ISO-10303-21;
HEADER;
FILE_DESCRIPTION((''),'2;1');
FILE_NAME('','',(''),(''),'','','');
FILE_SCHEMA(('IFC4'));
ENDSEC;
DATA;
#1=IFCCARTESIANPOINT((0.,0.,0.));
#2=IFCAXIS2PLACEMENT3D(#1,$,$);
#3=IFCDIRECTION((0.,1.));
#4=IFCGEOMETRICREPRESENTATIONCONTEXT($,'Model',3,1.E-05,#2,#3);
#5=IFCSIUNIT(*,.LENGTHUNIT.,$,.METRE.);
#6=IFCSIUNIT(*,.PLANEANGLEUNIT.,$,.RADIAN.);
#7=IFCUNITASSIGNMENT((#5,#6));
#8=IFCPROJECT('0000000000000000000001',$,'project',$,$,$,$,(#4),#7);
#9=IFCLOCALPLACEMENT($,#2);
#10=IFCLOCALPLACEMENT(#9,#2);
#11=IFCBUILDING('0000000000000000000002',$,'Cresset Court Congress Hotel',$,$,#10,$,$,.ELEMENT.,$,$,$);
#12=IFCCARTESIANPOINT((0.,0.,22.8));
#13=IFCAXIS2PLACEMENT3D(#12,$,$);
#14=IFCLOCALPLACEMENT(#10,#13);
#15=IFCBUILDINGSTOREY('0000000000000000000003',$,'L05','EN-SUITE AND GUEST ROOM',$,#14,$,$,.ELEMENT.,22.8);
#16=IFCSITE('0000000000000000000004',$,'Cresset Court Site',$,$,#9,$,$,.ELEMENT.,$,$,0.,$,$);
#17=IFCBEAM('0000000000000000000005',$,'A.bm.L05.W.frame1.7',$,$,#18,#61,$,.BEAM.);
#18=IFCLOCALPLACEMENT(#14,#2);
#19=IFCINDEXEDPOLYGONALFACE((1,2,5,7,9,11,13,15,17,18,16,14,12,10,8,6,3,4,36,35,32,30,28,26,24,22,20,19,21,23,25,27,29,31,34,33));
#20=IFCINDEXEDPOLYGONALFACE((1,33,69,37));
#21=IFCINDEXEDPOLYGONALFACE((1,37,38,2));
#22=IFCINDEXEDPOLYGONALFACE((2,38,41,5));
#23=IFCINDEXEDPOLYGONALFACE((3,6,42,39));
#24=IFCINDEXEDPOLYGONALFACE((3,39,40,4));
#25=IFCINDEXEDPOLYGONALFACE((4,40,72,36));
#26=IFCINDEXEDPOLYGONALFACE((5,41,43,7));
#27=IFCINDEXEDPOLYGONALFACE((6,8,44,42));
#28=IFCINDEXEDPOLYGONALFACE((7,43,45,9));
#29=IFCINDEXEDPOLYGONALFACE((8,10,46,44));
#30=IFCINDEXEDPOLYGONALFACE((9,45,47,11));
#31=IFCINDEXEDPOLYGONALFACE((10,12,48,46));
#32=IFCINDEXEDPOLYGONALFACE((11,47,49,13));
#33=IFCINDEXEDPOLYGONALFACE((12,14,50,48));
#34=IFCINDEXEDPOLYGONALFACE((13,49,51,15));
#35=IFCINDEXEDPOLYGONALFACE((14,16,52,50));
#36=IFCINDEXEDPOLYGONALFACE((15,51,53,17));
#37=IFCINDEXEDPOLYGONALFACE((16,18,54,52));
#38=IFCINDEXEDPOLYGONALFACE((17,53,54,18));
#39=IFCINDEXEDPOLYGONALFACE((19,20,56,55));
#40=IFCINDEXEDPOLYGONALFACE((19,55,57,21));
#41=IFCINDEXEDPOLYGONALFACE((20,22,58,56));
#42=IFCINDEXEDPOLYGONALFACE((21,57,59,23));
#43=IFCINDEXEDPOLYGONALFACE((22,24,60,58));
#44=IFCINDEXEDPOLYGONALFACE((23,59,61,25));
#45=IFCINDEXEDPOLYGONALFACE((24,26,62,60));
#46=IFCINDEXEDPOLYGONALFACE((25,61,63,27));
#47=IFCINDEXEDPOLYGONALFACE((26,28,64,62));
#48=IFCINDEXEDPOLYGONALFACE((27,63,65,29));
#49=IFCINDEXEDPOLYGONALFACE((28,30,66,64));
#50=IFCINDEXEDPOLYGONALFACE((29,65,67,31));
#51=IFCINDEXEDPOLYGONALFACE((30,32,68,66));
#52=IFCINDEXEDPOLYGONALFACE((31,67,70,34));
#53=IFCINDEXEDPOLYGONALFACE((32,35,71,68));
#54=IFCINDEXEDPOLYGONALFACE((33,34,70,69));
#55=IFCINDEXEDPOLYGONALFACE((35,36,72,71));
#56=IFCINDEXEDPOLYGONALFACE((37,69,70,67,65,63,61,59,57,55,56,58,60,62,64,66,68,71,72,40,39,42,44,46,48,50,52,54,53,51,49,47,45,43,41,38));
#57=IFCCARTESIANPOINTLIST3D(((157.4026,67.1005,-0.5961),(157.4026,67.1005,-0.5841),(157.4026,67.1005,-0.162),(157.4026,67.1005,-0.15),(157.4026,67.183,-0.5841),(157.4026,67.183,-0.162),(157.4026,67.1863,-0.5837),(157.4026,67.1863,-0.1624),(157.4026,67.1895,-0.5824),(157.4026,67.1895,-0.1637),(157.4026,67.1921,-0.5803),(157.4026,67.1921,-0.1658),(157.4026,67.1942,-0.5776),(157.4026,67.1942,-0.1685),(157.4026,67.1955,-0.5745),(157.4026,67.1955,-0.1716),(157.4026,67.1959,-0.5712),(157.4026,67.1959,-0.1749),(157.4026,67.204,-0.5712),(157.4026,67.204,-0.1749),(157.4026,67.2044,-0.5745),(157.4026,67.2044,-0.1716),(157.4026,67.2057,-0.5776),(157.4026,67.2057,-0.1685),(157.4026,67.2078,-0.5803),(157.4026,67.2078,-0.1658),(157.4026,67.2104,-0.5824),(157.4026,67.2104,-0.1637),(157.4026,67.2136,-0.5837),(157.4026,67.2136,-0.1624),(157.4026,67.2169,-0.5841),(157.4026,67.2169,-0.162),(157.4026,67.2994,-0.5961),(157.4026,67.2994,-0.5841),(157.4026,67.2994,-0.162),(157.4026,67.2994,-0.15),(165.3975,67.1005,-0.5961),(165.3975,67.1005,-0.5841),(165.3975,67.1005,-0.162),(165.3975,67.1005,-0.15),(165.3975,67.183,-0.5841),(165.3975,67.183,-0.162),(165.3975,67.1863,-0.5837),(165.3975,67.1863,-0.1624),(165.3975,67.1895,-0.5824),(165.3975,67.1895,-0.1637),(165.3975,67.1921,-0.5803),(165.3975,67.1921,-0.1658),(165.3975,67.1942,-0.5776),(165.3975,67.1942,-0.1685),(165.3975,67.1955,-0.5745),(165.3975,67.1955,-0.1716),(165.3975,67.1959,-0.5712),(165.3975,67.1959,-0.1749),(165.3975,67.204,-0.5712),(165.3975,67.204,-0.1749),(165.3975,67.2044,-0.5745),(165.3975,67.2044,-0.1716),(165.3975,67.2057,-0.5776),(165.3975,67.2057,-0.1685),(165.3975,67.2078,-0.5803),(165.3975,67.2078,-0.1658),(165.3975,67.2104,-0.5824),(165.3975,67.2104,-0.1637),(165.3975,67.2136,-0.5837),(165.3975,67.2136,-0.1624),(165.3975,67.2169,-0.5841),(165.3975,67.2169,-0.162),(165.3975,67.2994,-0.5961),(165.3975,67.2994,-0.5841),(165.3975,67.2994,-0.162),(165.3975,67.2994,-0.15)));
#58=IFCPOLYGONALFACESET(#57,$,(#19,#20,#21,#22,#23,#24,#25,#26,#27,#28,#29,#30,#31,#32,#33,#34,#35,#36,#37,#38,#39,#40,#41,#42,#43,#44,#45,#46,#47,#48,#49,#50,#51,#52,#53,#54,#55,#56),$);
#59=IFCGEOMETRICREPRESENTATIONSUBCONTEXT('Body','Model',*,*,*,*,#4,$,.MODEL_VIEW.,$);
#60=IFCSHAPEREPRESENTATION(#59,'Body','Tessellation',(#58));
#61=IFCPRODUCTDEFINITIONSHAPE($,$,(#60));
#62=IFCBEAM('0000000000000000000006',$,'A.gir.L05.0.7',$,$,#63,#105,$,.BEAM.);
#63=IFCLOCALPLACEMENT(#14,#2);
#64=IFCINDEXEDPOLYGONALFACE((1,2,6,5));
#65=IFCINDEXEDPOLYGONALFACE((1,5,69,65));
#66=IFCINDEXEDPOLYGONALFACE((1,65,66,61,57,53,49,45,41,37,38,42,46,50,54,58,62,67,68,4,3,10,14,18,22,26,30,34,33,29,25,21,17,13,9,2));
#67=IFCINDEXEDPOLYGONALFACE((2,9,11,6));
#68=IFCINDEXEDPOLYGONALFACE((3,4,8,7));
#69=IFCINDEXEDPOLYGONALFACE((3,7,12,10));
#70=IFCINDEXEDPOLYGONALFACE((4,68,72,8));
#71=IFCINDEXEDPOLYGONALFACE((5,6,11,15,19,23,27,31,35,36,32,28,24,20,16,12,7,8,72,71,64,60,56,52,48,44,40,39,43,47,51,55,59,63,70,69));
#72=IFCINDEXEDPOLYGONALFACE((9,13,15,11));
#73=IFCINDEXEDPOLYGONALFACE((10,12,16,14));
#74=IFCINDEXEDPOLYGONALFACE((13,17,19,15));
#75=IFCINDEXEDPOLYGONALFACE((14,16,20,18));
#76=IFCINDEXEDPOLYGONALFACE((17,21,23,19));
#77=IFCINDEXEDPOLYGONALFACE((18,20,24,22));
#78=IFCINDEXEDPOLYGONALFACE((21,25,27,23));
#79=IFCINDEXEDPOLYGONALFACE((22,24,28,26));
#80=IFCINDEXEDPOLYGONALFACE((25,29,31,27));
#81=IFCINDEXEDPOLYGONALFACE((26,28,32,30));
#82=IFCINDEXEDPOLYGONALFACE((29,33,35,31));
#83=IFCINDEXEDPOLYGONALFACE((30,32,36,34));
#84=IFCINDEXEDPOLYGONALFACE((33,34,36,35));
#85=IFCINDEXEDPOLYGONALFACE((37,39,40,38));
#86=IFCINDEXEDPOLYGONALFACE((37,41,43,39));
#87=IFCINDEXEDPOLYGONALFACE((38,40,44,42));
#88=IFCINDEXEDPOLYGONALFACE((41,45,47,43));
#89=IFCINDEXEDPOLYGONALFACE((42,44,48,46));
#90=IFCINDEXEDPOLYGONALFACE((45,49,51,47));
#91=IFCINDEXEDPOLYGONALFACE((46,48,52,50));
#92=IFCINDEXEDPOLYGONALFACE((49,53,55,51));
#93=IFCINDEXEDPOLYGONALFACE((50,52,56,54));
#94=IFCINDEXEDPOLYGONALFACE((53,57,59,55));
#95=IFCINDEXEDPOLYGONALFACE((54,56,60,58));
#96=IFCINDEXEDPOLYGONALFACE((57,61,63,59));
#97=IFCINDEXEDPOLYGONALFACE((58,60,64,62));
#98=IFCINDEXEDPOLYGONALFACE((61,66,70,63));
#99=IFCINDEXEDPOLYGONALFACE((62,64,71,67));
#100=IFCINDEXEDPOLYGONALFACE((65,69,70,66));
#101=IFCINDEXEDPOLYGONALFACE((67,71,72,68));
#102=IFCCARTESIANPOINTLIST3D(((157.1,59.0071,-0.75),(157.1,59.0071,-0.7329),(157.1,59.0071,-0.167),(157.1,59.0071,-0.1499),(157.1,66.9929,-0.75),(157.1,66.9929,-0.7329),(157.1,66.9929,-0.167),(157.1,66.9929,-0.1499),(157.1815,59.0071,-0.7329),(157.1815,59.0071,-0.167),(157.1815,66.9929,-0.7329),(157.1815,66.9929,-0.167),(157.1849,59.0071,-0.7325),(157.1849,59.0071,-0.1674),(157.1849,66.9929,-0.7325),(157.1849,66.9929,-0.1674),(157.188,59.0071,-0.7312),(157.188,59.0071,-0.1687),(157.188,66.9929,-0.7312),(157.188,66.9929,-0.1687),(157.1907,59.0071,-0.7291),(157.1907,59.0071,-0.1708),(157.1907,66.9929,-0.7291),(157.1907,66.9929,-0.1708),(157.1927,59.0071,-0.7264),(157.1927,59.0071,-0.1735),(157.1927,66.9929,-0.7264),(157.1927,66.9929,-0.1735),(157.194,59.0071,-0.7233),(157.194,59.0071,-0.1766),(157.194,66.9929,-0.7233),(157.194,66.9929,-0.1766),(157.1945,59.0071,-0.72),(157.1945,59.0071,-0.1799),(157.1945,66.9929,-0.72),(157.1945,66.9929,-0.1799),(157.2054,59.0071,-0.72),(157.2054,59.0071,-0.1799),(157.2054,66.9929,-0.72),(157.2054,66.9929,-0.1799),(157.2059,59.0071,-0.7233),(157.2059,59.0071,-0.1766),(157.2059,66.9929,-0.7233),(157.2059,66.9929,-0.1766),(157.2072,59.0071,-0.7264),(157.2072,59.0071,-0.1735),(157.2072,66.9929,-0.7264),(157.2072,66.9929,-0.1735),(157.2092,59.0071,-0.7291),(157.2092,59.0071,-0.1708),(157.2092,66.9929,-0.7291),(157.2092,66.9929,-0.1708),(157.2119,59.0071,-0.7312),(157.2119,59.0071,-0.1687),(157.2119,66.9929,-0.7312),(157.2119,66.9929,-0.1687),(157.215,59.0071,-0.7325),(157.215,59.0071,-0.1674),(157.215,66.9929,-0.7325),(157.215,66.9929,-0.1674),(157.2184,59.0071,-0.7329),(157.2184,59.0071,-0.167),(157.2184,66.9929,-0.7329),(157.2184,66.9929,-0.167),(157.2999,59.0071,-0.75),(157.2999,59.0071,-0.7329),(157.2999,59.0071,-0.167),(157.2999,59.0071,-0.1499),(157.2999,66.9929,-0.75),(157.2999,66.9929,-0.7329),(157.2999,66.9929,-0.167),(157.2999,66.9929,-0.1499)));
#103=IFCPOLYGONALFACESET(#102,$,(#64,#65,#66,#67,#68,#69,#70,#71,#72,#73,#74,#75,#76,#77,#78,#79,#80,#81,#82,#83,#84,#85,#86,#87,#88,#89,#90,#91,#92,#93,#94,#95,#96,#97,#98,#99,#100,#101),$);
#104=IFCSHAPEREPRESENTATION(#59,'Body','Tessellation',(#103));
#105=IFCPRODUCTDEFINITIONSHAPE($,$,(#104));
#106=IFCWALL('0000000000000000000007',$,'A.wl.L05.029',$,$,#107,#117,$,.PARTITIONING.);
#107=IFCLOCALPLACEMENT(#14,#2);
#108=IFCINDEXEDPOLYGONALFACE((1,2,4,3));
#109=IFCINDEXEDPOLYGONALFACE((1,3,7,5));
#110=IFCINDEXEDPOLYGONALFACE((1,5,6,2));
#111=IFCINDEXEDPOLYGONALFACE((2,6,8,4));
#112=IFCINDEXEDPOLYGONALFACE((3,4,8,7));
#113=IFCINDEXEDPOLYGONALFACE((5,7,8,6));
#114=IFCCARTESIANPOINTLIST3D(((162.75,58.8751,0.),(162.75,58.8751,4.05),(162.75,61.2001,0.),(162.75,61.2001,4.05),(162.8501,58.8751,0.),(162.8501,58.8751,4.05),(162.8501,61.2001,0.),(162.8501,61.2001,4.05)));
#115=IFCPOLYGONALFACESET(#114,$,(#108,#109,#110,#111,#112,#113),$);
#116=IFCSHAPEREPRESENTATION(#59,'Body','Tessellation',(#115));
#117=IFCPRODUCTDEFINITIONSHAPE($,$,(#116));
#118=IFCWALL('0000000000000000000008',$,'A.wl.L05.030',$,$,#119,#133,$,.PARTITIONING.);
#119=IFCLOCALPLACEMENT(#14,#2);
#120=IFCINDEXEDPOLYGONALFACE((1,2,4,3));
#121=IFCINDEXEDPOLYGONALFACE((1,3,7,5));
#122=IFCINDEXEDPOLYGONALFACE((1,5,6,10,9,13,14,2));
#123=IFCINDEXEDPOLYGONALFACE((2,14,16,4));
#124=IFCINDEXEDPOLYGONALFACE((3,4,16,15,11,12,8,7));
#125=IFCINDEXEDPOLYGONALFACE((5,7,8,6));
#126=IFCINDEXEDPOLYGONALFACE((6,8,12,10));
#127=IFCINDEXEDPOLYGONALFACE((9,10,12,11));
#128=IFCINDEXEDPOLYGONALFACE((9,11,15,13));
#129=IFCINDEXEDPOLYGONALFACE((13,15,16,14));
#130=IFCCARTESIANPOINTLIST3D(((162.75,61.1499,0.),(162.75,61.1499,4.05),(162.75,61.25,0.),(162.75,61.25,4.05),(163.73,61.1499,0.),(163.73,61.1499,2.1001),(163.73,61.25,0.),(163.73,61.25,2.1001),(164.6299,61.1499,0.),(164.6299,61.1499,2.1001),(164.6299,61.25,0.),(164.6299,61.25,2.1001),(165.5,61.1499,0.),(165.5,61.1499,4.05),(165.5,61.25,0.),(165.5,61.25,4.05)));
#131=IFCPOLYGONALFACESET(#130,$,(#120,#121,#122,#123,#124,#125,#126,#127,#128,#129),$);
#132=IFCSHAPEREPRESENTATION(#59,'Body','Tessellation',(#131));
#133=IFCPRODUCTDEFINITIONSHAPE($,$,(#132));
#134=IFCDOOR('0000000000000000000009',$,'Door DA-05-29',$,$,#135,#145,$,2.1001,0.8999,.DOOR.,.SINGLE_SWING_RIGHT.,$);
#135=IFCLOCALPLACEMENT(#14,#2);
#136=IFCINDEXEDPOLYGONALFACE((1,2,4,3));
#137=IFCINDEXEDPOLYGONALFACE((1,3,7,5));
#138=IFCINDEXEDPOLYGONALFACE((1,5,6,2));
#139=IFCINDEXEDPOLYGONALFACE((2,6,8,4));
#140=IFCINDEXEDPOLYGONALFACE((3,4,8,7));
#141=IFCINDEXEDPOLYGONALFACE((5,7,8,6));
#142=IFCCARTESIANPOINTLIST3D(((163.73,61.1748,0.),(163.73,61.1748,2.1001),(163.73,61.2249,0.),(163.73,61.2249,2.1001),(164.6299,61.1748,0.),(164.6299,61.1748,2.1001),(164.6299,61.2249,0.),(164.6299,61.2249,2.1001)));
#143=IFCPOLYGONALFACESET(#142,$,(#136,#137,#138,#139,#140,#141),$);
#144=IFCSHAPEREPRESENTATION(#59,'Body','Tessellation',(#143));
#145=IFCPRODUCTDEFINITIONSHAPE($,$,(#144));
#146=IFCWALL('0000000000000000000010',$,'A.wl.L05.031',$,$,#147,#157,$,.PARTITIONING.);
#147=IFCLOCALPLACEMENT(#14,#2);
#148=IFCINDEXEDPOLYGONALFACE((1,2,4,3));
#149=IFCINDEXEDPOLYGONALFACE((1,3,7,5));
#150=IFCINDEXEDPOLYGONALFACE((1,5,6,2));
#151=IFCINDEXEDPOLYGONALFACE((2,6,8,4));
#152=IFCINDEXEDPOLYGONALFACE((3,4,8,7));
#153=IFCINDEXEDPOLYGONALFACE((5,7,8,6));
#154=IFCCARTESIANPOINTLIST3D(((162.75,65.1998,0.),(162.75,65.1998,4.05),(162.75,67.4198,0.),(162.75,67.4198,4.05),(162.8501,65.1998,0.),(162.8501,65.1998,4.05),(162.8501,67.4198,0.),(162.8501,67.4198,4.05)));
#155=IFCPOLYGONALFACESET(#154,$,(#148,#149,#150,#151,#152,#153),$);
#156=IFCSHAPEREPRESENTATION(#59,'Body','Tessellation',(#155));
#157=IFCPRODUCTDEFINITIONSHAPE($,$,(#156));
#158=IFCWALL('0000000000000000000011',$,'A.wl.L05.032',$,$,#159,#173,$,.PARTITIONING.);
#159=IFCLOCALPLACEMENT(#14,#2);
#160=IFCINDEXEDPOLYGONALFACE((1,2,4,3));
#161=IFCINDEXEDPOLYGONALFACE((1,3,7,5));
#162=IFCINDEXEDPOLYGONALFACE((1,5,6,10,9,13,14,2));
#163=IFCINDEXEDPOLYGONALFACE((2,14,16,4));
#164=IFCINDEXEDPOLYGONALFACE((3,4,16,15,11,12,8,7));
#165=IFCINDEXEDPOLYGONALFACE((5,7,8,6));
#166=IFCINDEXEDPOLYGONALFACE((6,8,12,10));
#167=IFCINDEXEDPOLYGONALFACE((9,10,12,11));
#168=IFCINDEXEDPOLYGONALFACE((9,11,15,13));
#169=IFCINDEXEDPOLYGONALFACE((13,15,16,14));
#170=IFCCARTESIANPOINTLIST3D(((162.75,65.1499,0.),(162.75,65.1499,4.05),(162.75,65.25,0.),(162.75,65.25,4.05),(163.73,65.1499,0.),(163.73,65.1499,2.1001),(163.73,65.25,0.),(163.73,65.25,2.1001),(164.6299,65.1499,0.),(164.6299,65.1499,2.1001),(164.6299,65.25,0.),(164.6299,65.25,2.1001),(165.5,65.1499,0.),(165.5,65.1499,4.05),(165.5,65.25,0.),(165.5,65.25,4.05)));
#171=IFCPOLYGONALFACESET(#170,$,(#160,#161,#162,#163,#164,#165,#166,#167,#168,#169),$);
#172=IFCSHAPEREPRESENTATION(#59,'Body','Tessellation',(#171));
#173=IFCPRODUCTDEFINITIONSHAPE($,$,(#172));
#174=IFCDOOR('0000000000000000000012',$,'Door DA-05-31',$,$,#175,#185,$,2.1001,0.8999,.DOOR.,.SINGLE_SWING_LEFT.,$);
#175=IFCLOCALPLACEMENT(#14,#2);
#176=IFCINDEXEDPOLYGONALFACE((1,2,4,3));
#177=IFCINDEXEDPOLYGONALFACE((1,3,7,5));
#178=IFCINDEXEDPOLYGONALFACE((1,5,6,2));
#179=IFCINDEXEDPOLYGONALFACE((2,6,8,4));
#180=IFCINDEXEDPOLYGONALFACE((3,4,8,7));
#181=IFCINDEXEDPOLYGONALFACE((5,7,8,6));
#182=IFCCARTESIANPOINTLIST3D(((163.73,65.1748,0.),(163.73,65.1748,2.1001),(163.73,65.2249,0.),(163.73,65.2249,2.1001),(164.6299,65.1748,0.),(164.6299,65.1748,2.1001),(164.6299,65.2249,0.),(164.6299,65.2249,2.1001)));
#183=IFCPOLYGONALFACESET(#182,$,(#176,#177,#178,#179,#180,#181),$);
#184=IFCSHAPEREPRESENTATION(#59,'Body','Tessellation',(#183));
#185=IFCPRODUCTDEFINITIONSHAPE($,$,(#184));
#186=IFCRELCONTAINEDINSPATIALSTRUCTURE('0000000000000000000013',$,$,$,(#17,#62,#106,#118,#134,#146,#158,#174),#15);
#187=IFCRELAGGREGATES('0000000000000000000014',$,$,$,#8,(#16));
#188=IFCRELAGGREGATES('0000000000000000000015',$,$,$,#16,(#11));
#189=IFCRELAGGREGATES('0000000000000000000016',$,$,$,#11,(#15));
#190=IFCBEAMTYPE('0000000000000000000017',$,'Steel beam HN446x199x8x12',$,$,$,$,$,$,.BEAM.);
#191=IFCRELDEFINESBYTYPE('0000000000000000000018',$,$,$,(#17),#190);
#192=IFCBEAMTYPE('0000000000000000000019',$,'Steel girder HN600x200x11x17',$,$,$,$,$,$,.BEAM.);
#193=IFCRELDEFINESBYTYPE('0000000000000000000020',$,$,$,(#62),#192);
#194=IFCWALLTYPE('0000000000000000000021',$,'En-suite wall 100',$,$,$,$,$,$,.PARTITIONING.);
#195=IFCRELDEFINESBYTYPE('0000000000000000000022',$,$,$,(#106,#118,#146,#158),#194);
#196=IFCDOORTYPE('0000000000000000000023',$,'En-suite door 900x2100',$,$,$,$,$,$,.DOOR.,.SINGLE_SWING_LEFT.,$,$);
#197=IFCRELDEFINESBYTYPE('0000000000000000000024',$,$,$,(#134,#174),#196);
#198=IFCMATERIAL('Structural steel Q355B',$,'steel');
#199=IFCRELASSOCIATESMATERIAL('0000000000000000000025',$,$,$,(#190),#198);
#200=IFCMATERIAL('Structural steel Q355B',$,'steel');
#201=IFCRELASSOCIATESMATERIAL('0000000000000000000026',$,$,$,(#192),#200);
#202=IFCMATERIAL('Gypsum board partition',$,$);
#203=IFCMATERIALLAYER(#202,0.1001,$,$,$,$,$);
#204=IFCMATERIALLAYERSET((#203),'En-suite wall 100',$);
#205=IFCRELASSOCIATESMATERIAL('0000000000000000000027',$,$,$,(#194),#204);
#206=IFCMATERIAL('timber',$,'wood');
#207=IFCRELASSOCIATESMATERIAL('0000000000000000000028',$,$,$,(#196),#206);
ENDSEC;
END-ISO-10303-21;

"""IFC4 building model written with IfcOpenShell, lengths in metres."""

from ifc_helpers import new_model, si_unit, direction, frame, frame_2d, origin, origin_2d, place, context, subcontext, project, spatial, rectangle, i_section, extrude, material, layer, layer_set, material_profile, profile_set, type_object, element, fill, save


model = new_model("IFC4")

# Units and contexts
model_context = context("Model", 3, precision=1e-05, world=origin(), true_north=direction((0.0, 1.0)))
body_context = subcontext(model_context, "Body", "Model", "MODEL_VIEW")
ifc_project = project(units=[si_unit("LENGTHUNIT", "METRE"), si_unit("PLANEANGLEUNIT", "RADIAN")], contexts=[model_context])

# Site, building, storey
site_placement = place(None, origin())
site = spatial("IfcSite", under=ifc_project, at=site_placement, Name="Cresset Court Site", CompositionType="ELEMENT", RefElevation=0.0)
building_placement = place(site_placement, origin())
building = spatial("IfcBuilding", under=site, at=building_placement, Name="Cresset Court Congress Hotel", CompositionType="ELEMENT")
storey_placement = place(building_placement, frame((0.0, 0.0, 22.8)))
storey = spatial("IfcBuildingStorey", under=building, at=storey_placement, Name="L05", Description="EN-SUITE AND GUEST ROOM", CompositionType="ELEMENT", Elevation=22.8)

# Beams
ifc_material_1 = material(Name="Structural steel Q355B", Category="steel")
ifc_material_profile_1 = material_profile(ifc_material_1, i_section(OverallWidth=0.199, OverallDepth=0.446, WebThickness=0.0081, FlangeThickness=0.012, FilletRadius=0.0129, at=origin_2d()), Name="HN446x199x8x12")
ifc_profile_set_1 = profile_set([ifc_material_profile_1], Name="Structural steel Q355B")
beam_type_1 = type_object("IfcBeamType", Name="Steel beam HN446x199x8x12", PredefinedType="BEAM", material=ifc_profile_set_1)
beam_1_placement = place(storey_placement, frame((157.4026, 67.2, -0.373), z_axis=(1.0, 0.0, 0.0), x_axis=(0.0, 1.0, 0.0)))
element("IfcBeam", 1, at=beam_1_placement, inside=storey, type_object=beam_type_1, Name="A.bm.L05.W.frame1.7", PredefinedType="BEAM", context=body_context, shape_type="SweptSolid", body=[
    extrude(i_section(OverallWidth=0.199, OverallDepth=0.446, WebThickness=0.0081, FlangeThickness=0.012, FilletRadius=0.0129, at=origin_2d()), origin(), (0.0, 0.0, 1.0), 7.9949),
])
ifc_material_2 = material(Name="Structural steel Q355B", Category="steel")
ifc_material_profile_2 = material_profile(ifc_material_2, i_section(OverallWidth=0.2, OverallDepth=0.6001, WebThickness=0.011, FlangeThickness=0.0171, FilletRadius=0.0129, at=origin_2d()), Name="HN600x200x11x17")
ifc_profile_set_2 = profile_set([ifc_material_profile_2], Name="Structural steel Q355B")
beam_type_2 = type_object("IfcBeamType", Name="Steel girder HN600x200x11x17", PredefinedType="BEAM", material=ifc_profile_set_2)
beam_2_placement = place(storey_placement, frame((157.2, 59.0071, -0.45), z_axis=(0.0, 1.0, 0.0), x_axis=(-1.0, 0.0, 0.0)))
element("IfcBeam", 2, at=beam_2_placement, inside=storey, type_object=beam_type_2, Name="A.gir.L05.0.7", PredefinedType="BEAM", context=body_context, shape_type="SweptSolid", body=[
    extrude(i_section(OverallWidth=0.2, OverallDepth=0.6001, WebThickness=0.011, FlangeThickness=0.0171, FilletRadius=0.0129, at=origin_2d()), origin(), (0.0, 0.0, 1.0), 7.9858),
])

# Wall
ifc_material_3 = material(Name="Gypsum board partition")
ifc_layer_1 = layer(ifc_material_3, 0.1001)
ifc_layer_set_1 = layer_set([ifc_layer_1], Name="En-suite wall 100")
wall_type_1 = type_object("IfcWallType", Name="En-suite wall 100", PredefinedType="PARTITIONING", material=ifc_layer_set_1)
wall_1_placement = place(storey_placement, frame((162.8, 58.875, 0.0), z_axis=(0.0, 0.0, 1.0), x_axis=(0.0, 1.0, 0.0)))
element("IfcWall", 3, at=wall_1_placement, inside=storey, type_object=wall_type_1, Name="A.wl.L05.029", PredefinedType="PARTITIONING", context=body_context, shape_type="SweptSolid", body=[
    extrude(rectangle(XDim=2.325, YDim=0.1001, at=frame_2d((1.1626, 0.0))), origin(), (0.0, 0.0, 1.0), 4.05),
])

# Wall, opening, door
wall_2_placement = place(storey_placement, frame((162.75, 61.2, 0.0), z_axis=(0.0, 0.0, 1.0), x_axis=(1.0, 0.0, 0.0)))
wall_2 = element("IfcWall", 4, at=wall_2_placement, inside=storey, type_object=wall_type_1, Name="A.wl.L05.030", PredefinedType="PARTITIONING", context=body_context, shape_type="SweptSolid", body=[
    extrude(rectangle(XDim=2.75, YDim=0.1001, at=frame_2d((1.375, 0.0))), origin(), (0.0, 0.0, 1.0), 4.05),
])
opening_1_placement = place(wall_2_placement, frame((0.98, 0.0, 0.0)))
opening_1 = element("IfcOpeningElement", 5, at=opening_1_placement, cuts=wall_2, PredefinedType="OPENING", context=body_context, shape_type="SweptSolid", body=[
    extrude(rectangle(XDim=0.8999, YDim=2.1001, at=frame_2d((0.45, 1.05))), frame((0.0, 0.0601, 0.0), z_axis=(0.0, -1.0, 0.0), x_axis=(1.0, 0.0, 0.0)), (0.0, 0.0, 1.0), 0.1201),
])
ifc_material_4 = material(Name="timber", Category="wood")
door_type = type_object("IfcDoorType", Name="En-suite door 900x2100", OperationType="SINGLE_SWING_LEFT", PredefinedType="DOOR", material=ifc_material_4)
door_1_placement = place(opening_1_placement, origin())
door_1 = element("IfcDoor", 6, at=door_1_placement, inside=storey, type_object=door_type, Name="Door DA-05-29", OperationType="SINGLE_SWING_RIGHT", OverallHeight=2.1001, OverallWidth=0.8999, PredefinedType="DOOR", context=body_context, shape_type="SweptSolid", body=[
    extrude(rectangle(XDim=0.8999, YDim=2.1001, at=frame_2d((0.45, 1.05))), frame((0.0, 0.0249, 0.0), z_axis=(0.0, -1.0, 0.0), x_axis=(1.0, 0.0, 0.0)), (0.0, 0.0, 1.0), 0.05),
])
fill(opening_1, door_1)

# Wall
wall_3_placement = place(storey_placement, frame((162.8, 65.2, 0.0), z_axis=(0.0, 0.0, 1.0), x_axis=(0.0, 1.0, 0.0)))
element("IfcWall", 7, at=wall_3_placement, inside=storey, type_object=wall_type_1, Name="A.wl.L05.031", PredefinedType="PARTITIONING", context=body_context, shape_type="SweptSolid", body=[
    extrude(rectangle(XDim=2.22, YDim=0.1001, at=frame_2d((1.1099, 0.0))), origin(), (0.0, 0.0, 1.0), 4.05),
])

# Wall, opening, door
wall_4_placement = place(storey_placement, frame((162.75, 65.2, 0.0), z_axis=(0.0, 0.0, 1.0), x_axis=(1.0, 0.0, 0.0)))
wall_4 = element("IfcWall", 8, at=wall_4_placement, inside=storey, type_object=wall_type_1, Name="A.wl.L05.032", PredefinedType="PARTITIONING", context=body_context, shape_type="SweptSolid", body=[
    extrude(rectangle(XDim=2.75, YDim=0.1001, at=frame_2d((1.375, 0.0))), origin(), (0.0, 0.0, 1.0), 4.05),
])
opening_2_placement = place(wall_4_placement, frame((0.98, 0.0, 0.0)))
opening_2 = element("IfcOpeningElement", 9, at=opening_2_placement, cuts=wall_4, PredefinedType="OPENING", context=body_context, shape_type="SweptSolid", body=[
    extrude(rectangle(XDim=0.8999, YDim=2.1001, at=frame_2d((0.45, 1.05))), frame((0.0, 0.0601, 0.0), z_axis=(0.0, -1.0, 0.0), x_axis=(1.0, 0.0, 0.0)), (0.0, 0.0, 1.0), 0.1201),
])
door_2_placement = place(opening_2_placement, origin())
door_2 = element("IfcDoor", 10, at=door_2_placement, inside=storey, type_object=door_type, Name="Door DA-05-31", OperationType="SINGLE_SWING_LEFT", OverallHeight=2.1001, OverallWidth=0.8999, PredefinedType="DOOR", context=body_context, shape_type="SweptSolid", body=[
    extrude(rectangle(XDim=0.8999, YDim=2.1001, at=frame_2d((0.45, 1.05))), frame((0.0, 0.0249, 0.0), z_axis=(0.0, -1.0, 0.0), x_axis=(1.0, 0.0, 0.0)), (0.0, 0.0, 1.0), 0.05),
])
fill(opening_2, door_2)

save(model, "model.ifc")
